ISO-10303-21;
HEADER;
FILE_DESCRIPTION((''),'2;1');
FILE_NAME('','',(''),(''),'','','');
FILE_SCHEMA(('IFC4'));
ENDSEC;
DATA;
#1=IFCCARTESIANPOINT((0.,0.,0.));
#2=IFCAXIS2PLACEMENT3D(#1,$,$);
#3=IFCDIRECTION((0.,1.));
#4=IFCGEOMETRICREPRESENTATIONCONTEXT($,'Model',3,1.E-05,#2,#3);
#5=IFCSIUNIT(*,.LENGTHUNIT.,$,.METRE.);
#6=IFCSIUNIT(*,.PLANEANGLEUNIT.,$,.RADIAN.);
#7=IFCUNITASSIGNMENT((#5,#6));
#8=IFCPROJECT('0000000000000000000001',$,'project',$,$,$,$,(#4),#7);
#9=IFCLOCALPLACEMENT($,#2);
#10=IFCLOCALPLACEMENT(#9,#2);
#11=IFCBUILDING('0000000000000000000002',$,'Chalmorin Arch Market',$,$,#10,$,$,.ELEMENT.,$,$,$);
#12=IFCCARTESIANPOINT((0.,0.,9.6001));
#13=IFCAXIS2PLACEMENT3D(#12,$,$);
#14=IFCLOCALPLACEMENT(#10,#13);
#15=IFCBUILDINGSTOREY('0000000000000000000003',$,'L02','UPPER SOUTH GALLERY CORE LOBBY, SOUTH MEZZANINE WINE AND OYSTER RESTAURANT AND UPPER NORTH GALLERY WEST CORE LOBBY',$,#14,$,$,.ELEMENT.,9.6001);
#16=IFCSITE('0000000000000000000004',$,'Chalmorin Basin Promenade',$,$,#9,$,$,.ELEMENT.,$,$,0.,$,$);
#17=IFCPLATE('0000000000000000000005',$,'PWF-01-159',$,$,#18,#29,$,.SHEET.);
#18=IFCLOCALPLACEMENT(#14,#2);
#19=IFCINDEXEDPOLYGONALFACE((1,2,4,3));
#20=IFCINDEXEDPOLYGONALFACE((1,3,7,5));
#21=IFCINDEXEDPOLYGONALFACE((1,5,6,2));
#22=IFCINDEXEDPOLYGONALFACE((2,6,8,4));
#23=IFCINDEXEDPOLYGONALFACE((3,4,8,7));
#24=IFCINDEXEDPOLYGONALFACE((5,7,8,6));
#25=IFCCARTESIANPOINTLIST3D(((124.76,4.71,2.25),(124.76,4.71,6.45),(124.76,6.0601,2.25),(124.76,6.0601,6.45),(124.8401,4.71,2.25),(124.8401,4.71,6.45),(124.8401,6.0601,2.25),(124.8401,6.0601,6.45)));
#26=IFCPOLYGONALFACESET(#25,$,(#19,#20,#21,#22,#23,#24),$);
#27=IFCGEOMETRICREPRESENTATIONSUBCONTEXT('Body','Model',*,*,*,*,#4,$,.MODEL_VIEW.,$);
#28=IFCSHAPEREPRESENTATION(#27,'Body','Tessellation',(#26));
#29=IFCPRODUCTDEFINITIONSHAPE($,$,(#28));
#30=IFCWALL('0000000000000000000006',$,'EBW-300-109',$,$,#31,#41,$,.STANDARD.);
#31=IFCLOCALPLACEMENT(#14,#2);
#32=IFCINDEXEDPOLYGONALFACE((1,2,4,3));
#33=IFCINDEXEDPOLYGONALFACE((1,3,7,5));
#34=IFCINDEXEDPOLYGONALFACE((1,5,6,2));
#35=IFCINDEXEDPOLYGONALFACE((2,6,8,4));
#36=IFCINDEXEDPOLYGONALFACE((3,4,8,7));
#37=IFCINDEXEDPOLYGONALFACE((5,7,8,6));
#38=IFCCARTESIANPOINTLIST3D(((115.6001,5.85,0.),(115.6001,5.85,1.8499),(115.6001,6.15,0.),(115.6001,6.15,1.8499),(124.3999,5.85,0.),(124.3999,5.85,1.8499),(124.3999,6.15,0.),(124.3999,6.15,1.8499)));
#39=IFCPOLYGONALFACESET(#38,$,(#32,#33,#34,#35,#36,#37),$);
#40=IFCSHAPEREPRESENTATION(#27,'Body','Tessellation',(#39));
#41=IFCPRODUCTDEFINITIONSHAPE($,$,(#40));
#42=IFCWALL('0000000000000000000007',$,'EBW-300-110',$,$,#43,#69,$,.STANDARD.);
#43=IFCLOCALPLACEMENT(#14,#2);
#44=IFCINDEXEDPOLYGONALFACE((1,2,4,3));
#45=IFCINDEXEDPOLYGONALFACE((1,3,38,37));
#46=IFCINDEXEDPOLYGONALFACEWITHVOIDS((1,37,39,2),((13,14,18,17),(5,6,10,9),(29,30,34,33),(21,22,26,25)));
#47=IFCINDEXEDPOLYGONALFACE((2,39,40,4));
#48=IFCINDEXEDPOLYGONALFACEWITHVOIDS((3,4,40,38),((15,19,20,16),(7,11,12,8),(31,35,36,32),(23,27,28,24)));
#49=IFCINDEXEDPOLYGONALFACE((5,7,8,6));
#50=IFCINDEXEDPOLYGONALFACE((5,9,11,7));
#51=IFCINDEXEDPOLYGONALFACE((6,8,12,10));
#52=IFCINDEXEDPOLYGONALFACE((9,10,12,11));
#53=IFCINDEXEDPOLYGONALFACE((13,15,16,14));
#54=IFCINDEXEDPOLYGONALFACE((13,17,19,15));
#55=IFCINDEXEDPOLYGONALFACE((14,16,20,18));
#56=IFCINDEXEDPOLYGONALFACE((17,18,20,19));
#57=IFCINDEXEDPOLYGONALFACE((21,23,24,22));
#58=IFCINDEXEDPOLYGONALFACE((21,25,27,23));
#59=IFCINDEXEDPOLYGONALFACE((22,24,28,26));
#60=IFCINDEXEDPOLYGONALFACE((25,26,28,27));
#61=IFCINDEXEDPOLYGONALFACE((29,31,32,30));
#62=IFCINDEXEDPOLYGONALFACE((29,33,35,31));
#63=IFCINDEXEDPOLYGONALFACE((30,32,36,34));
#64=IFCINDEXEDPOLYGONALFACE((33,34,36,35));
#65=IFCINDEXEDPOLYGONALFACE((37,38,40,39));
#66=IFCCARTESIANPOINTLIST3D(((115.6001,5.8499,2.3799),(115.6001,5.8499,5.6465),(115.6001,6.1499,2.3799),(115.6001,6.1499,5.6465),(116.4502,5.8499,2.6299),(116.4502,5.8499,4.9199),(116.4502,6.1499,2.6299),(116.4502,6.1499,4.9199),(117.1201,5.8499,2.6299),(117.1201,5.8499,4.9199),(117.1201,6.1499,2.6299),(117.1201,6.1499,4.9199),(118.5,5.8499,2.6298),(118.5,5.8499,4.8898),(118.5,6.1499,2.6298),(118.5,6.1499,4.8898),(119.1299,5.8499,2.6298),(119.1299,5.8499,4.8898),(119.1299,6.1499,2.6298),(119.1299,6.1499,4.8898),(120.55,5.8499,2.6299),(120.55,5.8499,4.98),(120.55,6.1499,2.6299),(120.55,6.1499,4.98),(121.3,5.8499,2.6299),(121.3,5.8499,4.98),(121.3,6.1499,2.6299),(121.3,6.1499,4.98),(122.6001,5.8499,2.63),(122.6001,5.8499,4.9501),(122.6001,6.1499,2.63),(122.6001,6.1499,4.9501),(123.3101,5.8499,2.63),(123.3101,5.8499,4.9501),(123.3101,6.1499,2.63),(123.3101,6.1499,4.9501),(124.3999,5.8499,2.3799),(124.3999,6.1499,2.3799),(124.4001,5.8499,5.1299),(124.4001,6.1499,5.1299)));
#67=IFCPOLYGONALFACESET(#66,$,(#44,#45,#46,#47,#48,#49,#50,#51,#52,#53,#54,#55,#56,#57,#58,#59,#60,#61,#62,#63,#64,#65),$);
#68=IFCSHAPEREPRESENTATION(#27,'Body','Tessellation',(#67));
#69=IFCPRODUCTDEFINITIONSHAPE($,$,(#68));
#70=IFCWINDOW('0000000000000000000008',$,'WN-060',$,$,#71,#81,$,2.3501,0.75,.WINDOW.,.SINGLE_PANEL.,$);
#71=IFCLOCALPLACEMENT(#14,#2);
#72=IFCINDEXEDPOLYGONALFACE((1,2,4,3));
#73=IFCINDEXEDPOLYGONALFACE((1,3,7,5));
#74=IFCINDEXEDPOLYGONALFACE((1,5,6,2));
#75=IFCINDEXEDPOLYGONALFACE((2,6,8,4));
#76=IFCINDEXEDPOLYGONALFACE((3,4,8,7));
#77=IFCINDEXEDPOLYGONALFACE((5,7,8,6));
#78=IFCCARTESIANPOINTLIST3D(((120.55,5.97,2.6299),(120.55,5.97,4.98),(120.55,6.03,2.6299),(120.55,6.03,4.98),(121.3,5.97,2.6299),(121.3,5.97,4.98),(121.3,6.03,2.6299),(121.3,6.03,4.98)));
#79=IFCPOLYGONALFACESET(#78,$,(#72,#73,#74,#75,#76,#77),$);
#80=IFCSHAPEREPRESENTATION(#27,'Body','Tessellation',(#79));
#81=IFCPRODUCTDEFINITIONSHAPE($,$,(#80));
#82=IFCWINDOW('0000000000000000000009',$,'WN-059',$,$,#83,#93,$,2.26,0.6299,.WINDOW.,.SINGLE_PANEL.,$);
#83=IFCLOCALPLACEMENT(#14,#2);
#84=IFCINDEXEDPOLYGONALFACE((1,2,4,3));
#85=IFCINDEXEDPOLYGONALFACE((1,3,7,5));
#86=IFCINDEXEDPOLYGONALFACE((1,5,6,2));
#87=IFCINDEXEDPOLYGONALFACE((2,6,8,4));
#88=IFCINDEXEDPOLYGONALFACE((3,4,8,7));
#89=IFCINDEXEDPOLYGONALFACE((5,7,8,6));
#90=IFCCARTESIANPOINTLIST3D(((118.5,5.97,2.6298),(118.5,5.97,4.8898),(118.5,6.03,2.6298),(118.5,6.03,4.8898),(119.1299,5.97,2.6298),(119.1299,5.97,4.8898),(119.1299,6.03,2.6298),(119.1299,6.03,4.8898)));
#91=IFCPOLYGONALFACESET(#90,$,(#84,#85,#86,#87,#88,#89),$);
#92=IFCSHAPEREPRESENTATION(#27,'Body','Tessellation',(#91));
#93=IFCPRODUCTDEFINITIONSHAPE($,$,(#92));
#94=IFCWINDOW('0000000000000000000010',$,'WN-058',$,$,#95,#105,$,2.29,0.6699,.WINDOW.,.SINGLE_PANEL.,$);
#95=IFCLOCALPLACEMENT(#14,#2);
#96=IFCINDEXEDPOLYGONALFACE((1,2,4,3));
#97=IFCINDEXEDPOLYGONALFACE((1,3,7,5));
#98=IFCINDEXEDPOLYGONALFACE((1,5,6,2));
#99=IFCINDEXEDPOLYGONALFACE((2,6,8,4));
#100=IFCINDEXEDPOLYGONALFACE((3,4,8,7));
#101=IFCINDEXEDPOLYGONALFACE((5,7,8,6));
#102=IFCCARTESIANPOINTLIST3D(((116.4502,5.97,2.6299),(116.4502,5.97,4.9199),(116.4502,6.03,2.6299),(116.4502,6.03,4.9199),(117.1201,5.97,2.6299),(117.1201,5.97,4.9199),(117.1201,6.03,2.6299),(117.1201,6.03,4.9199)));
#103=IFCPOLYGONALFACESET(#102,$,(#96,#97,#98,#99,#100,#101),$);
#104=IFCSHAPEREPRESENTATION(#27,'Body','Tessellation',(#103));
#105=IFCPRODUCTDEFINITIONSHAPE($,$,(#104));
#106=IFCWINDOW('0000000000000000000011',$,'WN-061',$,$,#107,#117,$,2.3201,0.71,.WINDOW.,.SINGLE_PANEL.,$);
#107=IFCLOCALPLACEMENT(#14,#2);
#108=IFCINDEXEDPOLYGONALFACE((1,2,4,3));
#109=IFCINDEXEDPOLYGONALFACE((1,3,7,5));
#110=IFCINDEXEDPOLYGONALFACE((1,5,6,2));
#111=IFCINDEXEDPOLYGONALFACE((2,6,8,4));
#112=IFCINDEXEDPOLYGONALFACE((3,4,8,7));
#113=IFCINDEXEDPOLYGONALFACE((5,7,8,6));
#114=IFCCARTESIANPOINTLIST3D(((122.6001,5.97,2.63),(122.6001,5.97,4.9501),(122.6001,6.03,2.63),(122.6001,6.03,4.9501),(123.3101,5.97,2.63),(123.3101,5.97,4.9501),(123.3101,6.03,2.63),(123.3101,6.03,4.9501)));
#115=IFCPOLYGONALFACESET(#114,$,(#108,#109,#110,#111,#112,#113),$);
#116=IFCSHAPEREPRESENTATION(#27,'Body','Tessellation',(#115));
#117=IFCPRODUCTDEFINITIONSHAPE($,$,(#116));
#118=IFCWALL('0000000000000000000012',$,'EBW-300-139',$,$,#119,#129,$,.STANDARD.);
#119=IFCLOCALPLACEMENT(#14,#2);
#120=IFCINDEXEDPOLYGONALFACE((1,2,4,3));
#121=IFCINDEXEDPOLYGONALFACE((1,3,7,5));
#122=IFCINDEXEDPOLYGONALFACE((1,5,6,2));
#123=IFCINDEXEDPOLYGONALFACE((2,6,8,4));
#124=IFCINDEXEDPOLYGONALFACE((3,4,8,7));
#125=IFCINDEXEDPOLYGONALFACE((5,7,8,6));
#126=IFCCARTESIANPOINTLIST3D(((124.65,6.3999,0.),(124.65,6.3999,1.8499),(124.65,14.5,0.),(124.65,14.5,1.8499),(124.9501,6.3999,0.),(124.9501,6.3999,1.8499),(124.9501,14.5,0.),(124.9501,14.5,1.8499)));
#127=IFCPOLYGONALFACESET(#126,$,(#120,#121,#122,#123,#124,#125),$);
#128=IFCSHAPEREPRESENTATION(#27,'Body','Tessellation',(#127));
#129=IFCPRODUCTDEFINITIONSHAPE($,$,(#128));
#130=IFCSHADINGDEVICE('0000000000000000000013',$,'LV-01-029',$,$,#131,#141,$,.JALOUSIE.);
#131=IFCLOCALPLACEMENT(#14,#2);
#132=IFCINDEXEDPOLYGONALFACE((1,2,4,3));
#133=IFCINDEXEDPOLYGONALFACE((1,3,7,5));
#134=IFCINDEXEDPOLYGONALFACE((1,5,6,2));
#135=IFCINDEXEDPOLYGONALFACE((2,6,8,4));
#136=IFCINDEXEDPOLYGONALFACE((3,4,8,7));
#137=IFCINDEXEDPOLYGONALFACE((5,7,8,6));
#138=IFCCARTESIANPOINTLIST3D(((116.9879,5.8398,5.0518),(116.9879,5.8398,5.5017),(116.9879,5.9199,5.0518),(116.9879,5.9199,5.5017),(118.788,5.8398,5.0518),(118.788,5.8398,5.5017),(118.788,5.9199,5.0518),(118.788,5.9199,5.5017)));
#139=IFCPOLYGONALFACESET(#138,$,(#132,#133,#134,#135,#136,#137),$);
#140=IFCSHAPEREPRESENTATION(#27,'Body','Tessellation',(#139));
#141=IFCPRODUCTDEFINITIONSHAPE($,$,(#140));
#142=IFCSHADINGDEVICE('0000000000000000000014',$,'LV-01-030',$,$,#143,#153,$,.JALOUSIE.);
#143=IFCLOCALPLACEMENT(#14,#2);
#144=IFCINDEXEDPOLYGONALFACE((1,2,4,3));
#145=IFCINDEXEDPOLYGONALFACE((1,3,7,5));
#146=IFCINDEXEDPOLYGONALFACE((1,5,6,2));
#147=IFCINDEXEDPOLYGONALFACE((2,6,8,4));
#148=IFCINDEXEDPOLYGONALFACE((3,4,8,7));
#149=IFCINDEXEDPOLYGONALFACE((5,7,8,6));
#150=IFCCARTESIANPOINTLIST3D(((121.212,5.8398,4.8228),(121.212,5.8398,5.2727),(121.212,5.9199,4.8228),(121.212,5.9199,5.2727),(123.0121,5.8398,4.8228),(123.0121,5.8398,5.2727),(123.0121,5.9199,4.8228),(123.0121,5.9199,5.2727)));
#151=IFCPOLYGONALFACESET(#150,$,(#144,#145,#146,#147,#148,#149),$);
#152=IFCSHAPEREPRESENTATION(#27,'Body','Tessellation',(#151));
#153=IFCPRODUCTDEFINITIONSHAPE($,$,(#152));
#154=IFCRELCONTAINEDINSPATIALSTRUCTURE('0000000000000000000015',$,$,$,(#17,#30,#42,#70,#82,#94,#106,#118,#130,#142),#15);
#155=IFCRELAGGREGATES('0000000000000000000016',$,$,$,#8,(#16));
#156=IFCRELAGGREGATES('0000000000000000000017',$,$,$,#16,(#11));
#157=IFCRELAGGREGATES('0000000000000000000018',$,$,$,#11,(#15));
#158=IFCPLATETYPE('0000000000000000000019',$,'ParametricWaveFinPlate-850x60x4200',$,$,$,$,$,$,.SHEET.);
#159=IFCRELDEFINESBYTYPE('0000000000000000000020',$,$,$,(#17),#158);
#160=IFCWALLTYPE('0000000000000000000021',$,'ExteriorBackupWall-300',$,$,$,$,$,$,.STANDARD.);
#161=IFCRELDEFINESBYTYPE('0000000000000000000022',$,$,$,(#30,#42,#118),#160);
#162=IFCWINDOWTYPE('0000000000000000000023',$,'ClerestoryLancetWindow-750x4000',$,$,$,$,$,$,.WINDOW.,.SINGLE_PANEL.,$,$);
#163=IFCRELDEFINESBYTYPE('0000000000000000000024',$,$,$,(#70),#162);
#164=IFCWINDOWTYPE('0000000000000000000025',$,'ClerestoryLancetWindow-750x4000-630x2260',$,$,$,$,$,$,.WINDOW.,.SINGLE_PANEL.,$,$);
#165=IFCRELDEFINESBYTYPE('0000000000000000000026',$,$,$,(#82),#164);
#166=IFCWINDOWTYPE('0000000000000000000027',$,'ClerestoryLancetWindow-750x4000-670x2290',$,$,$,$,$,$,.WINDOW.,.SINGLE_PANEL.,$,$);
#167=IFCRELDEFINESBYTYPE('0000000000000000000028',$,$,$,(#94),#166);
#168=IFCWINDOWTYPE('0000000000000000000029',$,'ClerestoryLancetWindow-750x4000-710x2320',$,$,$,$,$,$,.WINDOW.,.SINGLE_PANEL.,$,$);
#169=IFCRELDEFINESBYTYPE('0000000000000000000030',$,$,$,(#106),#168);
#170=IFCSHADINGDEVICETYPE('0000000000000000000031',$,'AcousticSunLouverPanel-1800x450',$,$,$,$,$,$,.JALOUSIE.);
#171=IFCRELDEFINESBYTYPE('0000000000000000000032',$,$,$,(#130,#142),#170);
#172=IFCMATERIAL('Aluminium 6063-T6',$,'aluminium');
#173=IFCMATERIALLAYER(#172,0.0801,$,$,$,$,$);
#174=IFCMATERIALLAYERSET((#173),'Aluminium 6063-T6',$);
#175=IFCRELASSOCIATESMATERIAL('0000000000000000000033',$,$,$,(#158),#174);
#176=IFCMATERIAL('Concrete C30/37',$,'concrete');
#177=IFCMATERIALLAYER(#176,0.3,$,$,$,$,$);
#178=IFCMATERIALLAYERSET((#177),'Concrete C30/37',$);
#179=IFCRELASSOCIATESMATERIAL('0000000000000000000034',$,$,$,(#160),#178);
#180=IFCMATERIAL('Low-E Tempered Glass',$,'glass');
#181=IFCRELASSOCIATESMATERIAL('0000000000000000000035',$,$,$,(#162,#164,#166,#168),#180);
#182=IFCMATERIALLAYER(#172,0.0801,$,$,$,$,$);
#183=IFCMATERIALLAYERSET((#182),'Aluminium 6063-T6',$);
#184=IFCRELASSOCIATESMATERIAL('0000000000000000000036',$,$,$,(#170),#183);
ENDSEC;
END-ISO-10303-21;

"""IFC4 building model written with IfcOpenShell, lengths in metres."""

from ifc_helpers import new_model, si_unit, direction, frame, frame_2d, origin, origin_2d, place, context, subcontext, project, spatial, polyline, rectangle, outline, extrude, material, layer, layer_set, type_object, element, fill, save


model = new_model("IFC4")

# Units and contexts
model_context = context("Model", 3, precision=1e-05, world=origin(), true_north=direction((0.0, 1.0)))
body_context = subcontext(model_context, "Body", "Model", "MODEL_VIEW")
ifc_project = project(units=[si_unit("LENGTHUNIT", "METRE"), si_unit("PLANEANGLEUNIT", "RADIAN")], contexts=[model_context])

# Site, building, storey
site_placement = place(None, origin())
site = spatial("IfcSite", under=ifc_project, at=site_placement, Name="Chalmorin Basin Promenade", CompositionType="ELEMENT", RefElevation=0.0)
building_placement = place(site_placement, origin())
building = spatial("IfcBuilding", under=site, at=building_placement, Name="Chalmorin Arch Market", CompositionType="ELEMENT")
storey_placement = place(building_placement, frame((0.0, 0.0, 9.6001)))
storey = spatial("IfcBuildingStorey", under=building, at=storey_placement, Name="L02", Description="UPPER SOUTH GALLERY CORE LOBBY, SOUTH MEZZANINE WINE AND OYSTER RESTAURANT AND UPPER NORTH GALLERY WEST CORE LOBBY", CompositionType="ELEMENT", Elevation=9.6001)

# Plate
ifc_material_1 = material(Name="Aluminium 6063-T6", Category="aluminium")
ifc_layer_1 = layer(ifc_material_1, 0.0801)
ifc_layer_set_1 = layer_set([ifc_layer_1], Name="Aluminium 6063-T6")
plate_type = type_object("IfcPlateType", Name="ParametricWaveFinPlate-850x60x4200", PredefinedType="SHEET", material=ifc_layer_set_1)
for number, where, z_axis, x_axis, name in (
    (1, (124.8, 5.385, 2.25), (0.0, 0.0, 1.0), (0.0, 1.0, 0.0), "PWF-01-159"),
):
    element("IfcPlate", number, at=place(storey_placement, frame(where, z_axis=z_axis, x_axis=x_axis)), inside=storey, type_object=plate_type, Name=name, PredefinedType="SHEET", context=body_context, shape_type="SweptSolid", body=[
        extrude(rectangle(XDim=1.3501, YDim=0.0801, at=origin_2d()), origin(), (0.0, 0.0, 1.0), 4.2),
    ])

# Wall
ifc_material_2 = material(Name="Concrete C30/37", Category="concrete")
ifc_layer_2 = layer(ifc_material_2, 0.3)
ifc_layer_set_2 = layer_set([ifc_layer_2], Name="Concrete C30/37")
wall_type = type_object("IfcWallType", Name="ExteriorBackupWall-300", PredefinedType="STANDARD", material=ifc_layer_set_2)
wall_1_placement = place(storey_placement, frame((115.6001, 6.0, 0.0), z_axis=(0.0, 0.0, 1.0), x_axis=(1.0, 0.0, 0.0)))
element("IfcWall", 2, at=wall_1_placement, inside=storey, type_object=wall_type, Name="EBW-300-109", PredefinedType="STANDARD", context=body_context, shape_type="SweptSolid", body=[
    extrude(rectangle(XDim=8.7998, YDim=0.3, at=frame_2d((4.3999, 0.0))), origin(), (0.0, 0.0, 1.0), 1.8499),
])

# Wall, openings, windows
wall_2_placement = place(storey_placement, frame((115.6001, 6.0, 2.3799), z_axis=(0.0, 0.0, 1.0), x_axis=(1.0, 0.0, 0.0)))
wall_2 = element("IfcWall", 3, at=wall_2_placement, inside=storey, type_object=wall_type, Name="EBW-300-110", PredefinedType="STANDARD", context=body_context, shape_type="SweptSolid", body=[
    extrude(outline(polyline([(0.0, 0.0), (8.7998, 0.0), (8.8, 2.75), (0.0, 3.2666), (0.0, 0.0)])), frame((0.0, 0.1499, 0.0), z_axis=(0.0, -1.0, 0.0), x_axis=(1.0, 0.0, 0.0)), (0.0, 0.0, 1.0), 0.3),
])
opening_1_placement = place(wall_2_placement, frame((0.8501, 0.0, 0.25)))
opening_1 = element("IfcOpeningElement", 4, at=opening_1_placement, cuts=wall_2, PredefinedType="OPENING", context=body_context, shape_type="SweptSolid", body=[
    extrude(rectangle(XDim=0.6699, YDim=2.29, at=frame_2d((0.335, 1.145))), frame((0.0, 0.1599, 0.0), z_axis=(0.0, -1.0, 0.0), x_axis=(1.0, 0.0, 0.0)), (0.0, 0.0, 1.0), 0.3201),
])
opening_2_placement = place(wall_2_placement, frame((2.8999, 0.0, 0.25)))
opening_2 = element("IfcOpeningElement", 5, at=opening_2_placement, cuts=wall_2, PredefinedType="OPENING", context=body_context, shape_type="SweptSolid", body=[
    extrude(rectangle(XDim=0.6299, YDim=2.26, at=frame_2d((0.3149, 1.1299))), frame((0.0, 0.1599, 0.0), z_axis=(0.0, -1.0, 0.0), x_axis=(1.0, 0.0, 0.0)), (0.0, 0.0, 1.0), 0.3201),
])
opening_3_placement = place(wall_2_placement, frame((4.95, 0.0, 0.25)))
opening_3 = element("IfcOpeningElement", 6, at=opening_3_placement, cuts=wall_2, PredefinedType="OPENING", context=body_context, shape_type="SweptSolid", body=[
    extrude(rectangle(XDim=0.75, YDim=2.3501, at=frame_2d((0.375, 1.175))), frame((0.0, 0.1599, 0.0), z_axis=(0.0, -1.0, 0.0), x_axis=(1.0, 0.0, 0.0)), (0.0, 0.0, 1.0), 0.3201),
])
opening_4_placement = place(wall_2_placement, frame((7.0, 0.0, 0.25)))
opening_4 = element("IfcOpeningElement", 7, at=opening_4_placement, cuts=wall_2, PredefinedType="OPENING", context=body_context, shape_type="SweptSolid", body=[
    extrude(rectangle(XDim=0.71, YDim=2.3201, at=frame_2d((0.355, 1.1602))), frame((0.0, 0.1599, 0.0), z_axis=(0.0, -1.0, 0.0), x_axis=(1.0, 0.0, 0.0)), (0.0, 0.0, 1.0), 0.3201),
])
ifc_material_3 = material(Name="Low-E Tempered Glass", Category="glass")
window_type_1 = type_object("IfcWindowType", Name="ClerestoryLancetWindow-750x4000", PartitioningType="SINGLE_PANEL", PredefinedType="WINDOW", material=ifc_material_3)
window_1_placement = place(opening_3_placement, origin())
window_1 = element("IfcWindow", 8, at=window_1_placement, inside=storey, type_object=window_type_1, Name="WN-060", OverallHeight=2.3501, OverallWidth=0.75, PartitioningType="SINGLE_PANEL", PredefinedType="WINDOW", context=body_context, shape_type="SweptSolid", body=[
    extrude(rectangle(XDim=0.75, YDim=2.3501, at=frame_2d((0.375, 1.175))), frame((0.0, 0.03, 0.0), z_axis=(0.0, -1.0, 0.0), x_axis=(1.0, 0.0, 0.0)), (0.0, 0.0, 1.0), 0.0601),
])
fill(opening_3, window_1)
window_type_2 = type_object("IfcWindowType", Name="ClerestoryLancetWindow-750x4000-630x2260", PartitioningType="SINGLE_PANEL", PredefinedType="WINDOW", material=ifc_material_3)
window_2_placement = place(opening_2_placement, origin())
window_2 = element("IfcWindow", 9, at=window_2_placement, inside=storey, type_object=window_type_2, Name="WN-059", OverallHeight=2.26, OverallWidth=0.6299, PartitioningType="SINGLE_PANEL", PredefinedType="WINDOW", context=body_context, shape_type="SweptSolid", body=[
    extrude(rectangle(XDim=0.6299, YDim=2.26, at=frame_2d((0.3149, 1.1299))), frame((0.0, 0.03, 0.0), z_axis=(0.0, -1.0, 0.0), x_axis=(1.0, 0.0, 0.0)), (0.0, 0.0, 1.0), 0.0601),
])
fill(opening_2, window_2)
window_type_3 = type_object("IfcWindowType", Name="ClerestoryLancetWindow-750x4000-670x2290", PartitioningType="SINGLE_PANEL", PredefinedType="WINDOW", material=ifc_material_3)
window_3_placement = place(opening_1_placement, origin())
window_3 = element("IfcWindow", 10, at=window_3_placement, inside=storey, type_object=window_type_3, Name="WN-058", OverallHeight=2.29, OverallWidth=0.6699, PartitioningType="SINGLE_PANEL", PredefinedType="WINDOW", context=body_context, shape_type="SweptSolid", body=[
    extrude(rectangle(XDim=0.6699, YDim=2.29, at=frame_2d((0.335, 1.145))), frame((0.0, 0.03, 0.0), z_axis=(0.0, -1.0, 0.0), x_axis=(1.0, 0.0, 0.0)), (0.0, 0.0, 1.0), 0.0601),
])
fill(opening_1, window_3)
window_type_4 = type_object("IfcWindowType", Name="ClerestoryLancetWindow-750x4000-710x2320", PartitioningType="SINGLE_PANEL", PredefinedType="WINDOW", material=ifc_material_3)
window_4_placement = place(opening_4_placement, origin())
window_4 = element("IfcWindow", 11, at=window_4_placement, inside=storey, type_object=window_type_4, Name="WN-061", OverallHeight=2.3201, OverallWidth=0.71, PartitioningType="SINGLE_PANEL", PredefinedType="WINDOW", context=body_context, shape_type="SweptSolid", body=[
    extrude(rectangle(XDim=0.71, YDim=2.3201, at=frame_2d((0.355, 1.1602))), frame((0.0, 0.03, 0.0), z_axis=(0.0, -1.0, 0.0), x_axis=(1.0, 0.0, 0.0)), (0.0, 0.0, 1.0), 0.0601),
])
fill(opening_4, window_4)

# Wall
wall_3_placement = place(storey_placement, frame((124.8, 6.3999, 0.0), z_axis=(0.0, 0.0, 1.0), x_axis=(0.0, 1.0, 0.0)))
element("IfcWall", 12, at=wall_3_placement, inside=storey, type_object=wall_type, Name="EBW-300-139", PredefinedType="STANDARD", context=body_context, shape_type="SweptSolid", body=[
    extrude(rectangle(XDim=8.1001, YDim=0.3, at=frame_2d((4.05, 0.0))), origin(), (0.0, 0.0, 1.0), 1.8499),
])

# Shading devices
ifc_layer_3 = layer(ifc_material_1, 0.0801)
ifc_layer_set_3 = layer_set([ifc_layer_3], Name="Aluminium 6063-T6")
shading_device_type = type_object("IfcShadingDeviceType", Name="AcousticSunLouverPanel-1800x450", PredefinedType="JALOUSIE", material=ifc_layer_set_3)
for number, where, z_axis, x_axis, name in (
    (13, (117.8879, 5.8799, 5.0518), (0.0, 0.0, 1.0), (1.0, 0.0, 0.0), "LV-01-029"),
    (14, (122.1121, 5.8799, 4.8228), (0.0, 0.0, 1.0), (1.0, 0.0, 0.0), "LV-01-030"),
):
    element("IfcShadingDevice", number, at=place(storey_placement, frame(where, z_axis=z_axis, x_axis=x_axis)), inside=storey, type_object=shading_device_type, Name=name, PredefinedType="JALOUSIE", context=body_context, shape_type="SweptSolid", body=[
        extrude(rectangle(XDim=1.8, YDim=0.0801, at=origin_2d()), origin(), (0.0, 0.0, 1.0), 0.45),
    ])

save(model, "model.ifc")
